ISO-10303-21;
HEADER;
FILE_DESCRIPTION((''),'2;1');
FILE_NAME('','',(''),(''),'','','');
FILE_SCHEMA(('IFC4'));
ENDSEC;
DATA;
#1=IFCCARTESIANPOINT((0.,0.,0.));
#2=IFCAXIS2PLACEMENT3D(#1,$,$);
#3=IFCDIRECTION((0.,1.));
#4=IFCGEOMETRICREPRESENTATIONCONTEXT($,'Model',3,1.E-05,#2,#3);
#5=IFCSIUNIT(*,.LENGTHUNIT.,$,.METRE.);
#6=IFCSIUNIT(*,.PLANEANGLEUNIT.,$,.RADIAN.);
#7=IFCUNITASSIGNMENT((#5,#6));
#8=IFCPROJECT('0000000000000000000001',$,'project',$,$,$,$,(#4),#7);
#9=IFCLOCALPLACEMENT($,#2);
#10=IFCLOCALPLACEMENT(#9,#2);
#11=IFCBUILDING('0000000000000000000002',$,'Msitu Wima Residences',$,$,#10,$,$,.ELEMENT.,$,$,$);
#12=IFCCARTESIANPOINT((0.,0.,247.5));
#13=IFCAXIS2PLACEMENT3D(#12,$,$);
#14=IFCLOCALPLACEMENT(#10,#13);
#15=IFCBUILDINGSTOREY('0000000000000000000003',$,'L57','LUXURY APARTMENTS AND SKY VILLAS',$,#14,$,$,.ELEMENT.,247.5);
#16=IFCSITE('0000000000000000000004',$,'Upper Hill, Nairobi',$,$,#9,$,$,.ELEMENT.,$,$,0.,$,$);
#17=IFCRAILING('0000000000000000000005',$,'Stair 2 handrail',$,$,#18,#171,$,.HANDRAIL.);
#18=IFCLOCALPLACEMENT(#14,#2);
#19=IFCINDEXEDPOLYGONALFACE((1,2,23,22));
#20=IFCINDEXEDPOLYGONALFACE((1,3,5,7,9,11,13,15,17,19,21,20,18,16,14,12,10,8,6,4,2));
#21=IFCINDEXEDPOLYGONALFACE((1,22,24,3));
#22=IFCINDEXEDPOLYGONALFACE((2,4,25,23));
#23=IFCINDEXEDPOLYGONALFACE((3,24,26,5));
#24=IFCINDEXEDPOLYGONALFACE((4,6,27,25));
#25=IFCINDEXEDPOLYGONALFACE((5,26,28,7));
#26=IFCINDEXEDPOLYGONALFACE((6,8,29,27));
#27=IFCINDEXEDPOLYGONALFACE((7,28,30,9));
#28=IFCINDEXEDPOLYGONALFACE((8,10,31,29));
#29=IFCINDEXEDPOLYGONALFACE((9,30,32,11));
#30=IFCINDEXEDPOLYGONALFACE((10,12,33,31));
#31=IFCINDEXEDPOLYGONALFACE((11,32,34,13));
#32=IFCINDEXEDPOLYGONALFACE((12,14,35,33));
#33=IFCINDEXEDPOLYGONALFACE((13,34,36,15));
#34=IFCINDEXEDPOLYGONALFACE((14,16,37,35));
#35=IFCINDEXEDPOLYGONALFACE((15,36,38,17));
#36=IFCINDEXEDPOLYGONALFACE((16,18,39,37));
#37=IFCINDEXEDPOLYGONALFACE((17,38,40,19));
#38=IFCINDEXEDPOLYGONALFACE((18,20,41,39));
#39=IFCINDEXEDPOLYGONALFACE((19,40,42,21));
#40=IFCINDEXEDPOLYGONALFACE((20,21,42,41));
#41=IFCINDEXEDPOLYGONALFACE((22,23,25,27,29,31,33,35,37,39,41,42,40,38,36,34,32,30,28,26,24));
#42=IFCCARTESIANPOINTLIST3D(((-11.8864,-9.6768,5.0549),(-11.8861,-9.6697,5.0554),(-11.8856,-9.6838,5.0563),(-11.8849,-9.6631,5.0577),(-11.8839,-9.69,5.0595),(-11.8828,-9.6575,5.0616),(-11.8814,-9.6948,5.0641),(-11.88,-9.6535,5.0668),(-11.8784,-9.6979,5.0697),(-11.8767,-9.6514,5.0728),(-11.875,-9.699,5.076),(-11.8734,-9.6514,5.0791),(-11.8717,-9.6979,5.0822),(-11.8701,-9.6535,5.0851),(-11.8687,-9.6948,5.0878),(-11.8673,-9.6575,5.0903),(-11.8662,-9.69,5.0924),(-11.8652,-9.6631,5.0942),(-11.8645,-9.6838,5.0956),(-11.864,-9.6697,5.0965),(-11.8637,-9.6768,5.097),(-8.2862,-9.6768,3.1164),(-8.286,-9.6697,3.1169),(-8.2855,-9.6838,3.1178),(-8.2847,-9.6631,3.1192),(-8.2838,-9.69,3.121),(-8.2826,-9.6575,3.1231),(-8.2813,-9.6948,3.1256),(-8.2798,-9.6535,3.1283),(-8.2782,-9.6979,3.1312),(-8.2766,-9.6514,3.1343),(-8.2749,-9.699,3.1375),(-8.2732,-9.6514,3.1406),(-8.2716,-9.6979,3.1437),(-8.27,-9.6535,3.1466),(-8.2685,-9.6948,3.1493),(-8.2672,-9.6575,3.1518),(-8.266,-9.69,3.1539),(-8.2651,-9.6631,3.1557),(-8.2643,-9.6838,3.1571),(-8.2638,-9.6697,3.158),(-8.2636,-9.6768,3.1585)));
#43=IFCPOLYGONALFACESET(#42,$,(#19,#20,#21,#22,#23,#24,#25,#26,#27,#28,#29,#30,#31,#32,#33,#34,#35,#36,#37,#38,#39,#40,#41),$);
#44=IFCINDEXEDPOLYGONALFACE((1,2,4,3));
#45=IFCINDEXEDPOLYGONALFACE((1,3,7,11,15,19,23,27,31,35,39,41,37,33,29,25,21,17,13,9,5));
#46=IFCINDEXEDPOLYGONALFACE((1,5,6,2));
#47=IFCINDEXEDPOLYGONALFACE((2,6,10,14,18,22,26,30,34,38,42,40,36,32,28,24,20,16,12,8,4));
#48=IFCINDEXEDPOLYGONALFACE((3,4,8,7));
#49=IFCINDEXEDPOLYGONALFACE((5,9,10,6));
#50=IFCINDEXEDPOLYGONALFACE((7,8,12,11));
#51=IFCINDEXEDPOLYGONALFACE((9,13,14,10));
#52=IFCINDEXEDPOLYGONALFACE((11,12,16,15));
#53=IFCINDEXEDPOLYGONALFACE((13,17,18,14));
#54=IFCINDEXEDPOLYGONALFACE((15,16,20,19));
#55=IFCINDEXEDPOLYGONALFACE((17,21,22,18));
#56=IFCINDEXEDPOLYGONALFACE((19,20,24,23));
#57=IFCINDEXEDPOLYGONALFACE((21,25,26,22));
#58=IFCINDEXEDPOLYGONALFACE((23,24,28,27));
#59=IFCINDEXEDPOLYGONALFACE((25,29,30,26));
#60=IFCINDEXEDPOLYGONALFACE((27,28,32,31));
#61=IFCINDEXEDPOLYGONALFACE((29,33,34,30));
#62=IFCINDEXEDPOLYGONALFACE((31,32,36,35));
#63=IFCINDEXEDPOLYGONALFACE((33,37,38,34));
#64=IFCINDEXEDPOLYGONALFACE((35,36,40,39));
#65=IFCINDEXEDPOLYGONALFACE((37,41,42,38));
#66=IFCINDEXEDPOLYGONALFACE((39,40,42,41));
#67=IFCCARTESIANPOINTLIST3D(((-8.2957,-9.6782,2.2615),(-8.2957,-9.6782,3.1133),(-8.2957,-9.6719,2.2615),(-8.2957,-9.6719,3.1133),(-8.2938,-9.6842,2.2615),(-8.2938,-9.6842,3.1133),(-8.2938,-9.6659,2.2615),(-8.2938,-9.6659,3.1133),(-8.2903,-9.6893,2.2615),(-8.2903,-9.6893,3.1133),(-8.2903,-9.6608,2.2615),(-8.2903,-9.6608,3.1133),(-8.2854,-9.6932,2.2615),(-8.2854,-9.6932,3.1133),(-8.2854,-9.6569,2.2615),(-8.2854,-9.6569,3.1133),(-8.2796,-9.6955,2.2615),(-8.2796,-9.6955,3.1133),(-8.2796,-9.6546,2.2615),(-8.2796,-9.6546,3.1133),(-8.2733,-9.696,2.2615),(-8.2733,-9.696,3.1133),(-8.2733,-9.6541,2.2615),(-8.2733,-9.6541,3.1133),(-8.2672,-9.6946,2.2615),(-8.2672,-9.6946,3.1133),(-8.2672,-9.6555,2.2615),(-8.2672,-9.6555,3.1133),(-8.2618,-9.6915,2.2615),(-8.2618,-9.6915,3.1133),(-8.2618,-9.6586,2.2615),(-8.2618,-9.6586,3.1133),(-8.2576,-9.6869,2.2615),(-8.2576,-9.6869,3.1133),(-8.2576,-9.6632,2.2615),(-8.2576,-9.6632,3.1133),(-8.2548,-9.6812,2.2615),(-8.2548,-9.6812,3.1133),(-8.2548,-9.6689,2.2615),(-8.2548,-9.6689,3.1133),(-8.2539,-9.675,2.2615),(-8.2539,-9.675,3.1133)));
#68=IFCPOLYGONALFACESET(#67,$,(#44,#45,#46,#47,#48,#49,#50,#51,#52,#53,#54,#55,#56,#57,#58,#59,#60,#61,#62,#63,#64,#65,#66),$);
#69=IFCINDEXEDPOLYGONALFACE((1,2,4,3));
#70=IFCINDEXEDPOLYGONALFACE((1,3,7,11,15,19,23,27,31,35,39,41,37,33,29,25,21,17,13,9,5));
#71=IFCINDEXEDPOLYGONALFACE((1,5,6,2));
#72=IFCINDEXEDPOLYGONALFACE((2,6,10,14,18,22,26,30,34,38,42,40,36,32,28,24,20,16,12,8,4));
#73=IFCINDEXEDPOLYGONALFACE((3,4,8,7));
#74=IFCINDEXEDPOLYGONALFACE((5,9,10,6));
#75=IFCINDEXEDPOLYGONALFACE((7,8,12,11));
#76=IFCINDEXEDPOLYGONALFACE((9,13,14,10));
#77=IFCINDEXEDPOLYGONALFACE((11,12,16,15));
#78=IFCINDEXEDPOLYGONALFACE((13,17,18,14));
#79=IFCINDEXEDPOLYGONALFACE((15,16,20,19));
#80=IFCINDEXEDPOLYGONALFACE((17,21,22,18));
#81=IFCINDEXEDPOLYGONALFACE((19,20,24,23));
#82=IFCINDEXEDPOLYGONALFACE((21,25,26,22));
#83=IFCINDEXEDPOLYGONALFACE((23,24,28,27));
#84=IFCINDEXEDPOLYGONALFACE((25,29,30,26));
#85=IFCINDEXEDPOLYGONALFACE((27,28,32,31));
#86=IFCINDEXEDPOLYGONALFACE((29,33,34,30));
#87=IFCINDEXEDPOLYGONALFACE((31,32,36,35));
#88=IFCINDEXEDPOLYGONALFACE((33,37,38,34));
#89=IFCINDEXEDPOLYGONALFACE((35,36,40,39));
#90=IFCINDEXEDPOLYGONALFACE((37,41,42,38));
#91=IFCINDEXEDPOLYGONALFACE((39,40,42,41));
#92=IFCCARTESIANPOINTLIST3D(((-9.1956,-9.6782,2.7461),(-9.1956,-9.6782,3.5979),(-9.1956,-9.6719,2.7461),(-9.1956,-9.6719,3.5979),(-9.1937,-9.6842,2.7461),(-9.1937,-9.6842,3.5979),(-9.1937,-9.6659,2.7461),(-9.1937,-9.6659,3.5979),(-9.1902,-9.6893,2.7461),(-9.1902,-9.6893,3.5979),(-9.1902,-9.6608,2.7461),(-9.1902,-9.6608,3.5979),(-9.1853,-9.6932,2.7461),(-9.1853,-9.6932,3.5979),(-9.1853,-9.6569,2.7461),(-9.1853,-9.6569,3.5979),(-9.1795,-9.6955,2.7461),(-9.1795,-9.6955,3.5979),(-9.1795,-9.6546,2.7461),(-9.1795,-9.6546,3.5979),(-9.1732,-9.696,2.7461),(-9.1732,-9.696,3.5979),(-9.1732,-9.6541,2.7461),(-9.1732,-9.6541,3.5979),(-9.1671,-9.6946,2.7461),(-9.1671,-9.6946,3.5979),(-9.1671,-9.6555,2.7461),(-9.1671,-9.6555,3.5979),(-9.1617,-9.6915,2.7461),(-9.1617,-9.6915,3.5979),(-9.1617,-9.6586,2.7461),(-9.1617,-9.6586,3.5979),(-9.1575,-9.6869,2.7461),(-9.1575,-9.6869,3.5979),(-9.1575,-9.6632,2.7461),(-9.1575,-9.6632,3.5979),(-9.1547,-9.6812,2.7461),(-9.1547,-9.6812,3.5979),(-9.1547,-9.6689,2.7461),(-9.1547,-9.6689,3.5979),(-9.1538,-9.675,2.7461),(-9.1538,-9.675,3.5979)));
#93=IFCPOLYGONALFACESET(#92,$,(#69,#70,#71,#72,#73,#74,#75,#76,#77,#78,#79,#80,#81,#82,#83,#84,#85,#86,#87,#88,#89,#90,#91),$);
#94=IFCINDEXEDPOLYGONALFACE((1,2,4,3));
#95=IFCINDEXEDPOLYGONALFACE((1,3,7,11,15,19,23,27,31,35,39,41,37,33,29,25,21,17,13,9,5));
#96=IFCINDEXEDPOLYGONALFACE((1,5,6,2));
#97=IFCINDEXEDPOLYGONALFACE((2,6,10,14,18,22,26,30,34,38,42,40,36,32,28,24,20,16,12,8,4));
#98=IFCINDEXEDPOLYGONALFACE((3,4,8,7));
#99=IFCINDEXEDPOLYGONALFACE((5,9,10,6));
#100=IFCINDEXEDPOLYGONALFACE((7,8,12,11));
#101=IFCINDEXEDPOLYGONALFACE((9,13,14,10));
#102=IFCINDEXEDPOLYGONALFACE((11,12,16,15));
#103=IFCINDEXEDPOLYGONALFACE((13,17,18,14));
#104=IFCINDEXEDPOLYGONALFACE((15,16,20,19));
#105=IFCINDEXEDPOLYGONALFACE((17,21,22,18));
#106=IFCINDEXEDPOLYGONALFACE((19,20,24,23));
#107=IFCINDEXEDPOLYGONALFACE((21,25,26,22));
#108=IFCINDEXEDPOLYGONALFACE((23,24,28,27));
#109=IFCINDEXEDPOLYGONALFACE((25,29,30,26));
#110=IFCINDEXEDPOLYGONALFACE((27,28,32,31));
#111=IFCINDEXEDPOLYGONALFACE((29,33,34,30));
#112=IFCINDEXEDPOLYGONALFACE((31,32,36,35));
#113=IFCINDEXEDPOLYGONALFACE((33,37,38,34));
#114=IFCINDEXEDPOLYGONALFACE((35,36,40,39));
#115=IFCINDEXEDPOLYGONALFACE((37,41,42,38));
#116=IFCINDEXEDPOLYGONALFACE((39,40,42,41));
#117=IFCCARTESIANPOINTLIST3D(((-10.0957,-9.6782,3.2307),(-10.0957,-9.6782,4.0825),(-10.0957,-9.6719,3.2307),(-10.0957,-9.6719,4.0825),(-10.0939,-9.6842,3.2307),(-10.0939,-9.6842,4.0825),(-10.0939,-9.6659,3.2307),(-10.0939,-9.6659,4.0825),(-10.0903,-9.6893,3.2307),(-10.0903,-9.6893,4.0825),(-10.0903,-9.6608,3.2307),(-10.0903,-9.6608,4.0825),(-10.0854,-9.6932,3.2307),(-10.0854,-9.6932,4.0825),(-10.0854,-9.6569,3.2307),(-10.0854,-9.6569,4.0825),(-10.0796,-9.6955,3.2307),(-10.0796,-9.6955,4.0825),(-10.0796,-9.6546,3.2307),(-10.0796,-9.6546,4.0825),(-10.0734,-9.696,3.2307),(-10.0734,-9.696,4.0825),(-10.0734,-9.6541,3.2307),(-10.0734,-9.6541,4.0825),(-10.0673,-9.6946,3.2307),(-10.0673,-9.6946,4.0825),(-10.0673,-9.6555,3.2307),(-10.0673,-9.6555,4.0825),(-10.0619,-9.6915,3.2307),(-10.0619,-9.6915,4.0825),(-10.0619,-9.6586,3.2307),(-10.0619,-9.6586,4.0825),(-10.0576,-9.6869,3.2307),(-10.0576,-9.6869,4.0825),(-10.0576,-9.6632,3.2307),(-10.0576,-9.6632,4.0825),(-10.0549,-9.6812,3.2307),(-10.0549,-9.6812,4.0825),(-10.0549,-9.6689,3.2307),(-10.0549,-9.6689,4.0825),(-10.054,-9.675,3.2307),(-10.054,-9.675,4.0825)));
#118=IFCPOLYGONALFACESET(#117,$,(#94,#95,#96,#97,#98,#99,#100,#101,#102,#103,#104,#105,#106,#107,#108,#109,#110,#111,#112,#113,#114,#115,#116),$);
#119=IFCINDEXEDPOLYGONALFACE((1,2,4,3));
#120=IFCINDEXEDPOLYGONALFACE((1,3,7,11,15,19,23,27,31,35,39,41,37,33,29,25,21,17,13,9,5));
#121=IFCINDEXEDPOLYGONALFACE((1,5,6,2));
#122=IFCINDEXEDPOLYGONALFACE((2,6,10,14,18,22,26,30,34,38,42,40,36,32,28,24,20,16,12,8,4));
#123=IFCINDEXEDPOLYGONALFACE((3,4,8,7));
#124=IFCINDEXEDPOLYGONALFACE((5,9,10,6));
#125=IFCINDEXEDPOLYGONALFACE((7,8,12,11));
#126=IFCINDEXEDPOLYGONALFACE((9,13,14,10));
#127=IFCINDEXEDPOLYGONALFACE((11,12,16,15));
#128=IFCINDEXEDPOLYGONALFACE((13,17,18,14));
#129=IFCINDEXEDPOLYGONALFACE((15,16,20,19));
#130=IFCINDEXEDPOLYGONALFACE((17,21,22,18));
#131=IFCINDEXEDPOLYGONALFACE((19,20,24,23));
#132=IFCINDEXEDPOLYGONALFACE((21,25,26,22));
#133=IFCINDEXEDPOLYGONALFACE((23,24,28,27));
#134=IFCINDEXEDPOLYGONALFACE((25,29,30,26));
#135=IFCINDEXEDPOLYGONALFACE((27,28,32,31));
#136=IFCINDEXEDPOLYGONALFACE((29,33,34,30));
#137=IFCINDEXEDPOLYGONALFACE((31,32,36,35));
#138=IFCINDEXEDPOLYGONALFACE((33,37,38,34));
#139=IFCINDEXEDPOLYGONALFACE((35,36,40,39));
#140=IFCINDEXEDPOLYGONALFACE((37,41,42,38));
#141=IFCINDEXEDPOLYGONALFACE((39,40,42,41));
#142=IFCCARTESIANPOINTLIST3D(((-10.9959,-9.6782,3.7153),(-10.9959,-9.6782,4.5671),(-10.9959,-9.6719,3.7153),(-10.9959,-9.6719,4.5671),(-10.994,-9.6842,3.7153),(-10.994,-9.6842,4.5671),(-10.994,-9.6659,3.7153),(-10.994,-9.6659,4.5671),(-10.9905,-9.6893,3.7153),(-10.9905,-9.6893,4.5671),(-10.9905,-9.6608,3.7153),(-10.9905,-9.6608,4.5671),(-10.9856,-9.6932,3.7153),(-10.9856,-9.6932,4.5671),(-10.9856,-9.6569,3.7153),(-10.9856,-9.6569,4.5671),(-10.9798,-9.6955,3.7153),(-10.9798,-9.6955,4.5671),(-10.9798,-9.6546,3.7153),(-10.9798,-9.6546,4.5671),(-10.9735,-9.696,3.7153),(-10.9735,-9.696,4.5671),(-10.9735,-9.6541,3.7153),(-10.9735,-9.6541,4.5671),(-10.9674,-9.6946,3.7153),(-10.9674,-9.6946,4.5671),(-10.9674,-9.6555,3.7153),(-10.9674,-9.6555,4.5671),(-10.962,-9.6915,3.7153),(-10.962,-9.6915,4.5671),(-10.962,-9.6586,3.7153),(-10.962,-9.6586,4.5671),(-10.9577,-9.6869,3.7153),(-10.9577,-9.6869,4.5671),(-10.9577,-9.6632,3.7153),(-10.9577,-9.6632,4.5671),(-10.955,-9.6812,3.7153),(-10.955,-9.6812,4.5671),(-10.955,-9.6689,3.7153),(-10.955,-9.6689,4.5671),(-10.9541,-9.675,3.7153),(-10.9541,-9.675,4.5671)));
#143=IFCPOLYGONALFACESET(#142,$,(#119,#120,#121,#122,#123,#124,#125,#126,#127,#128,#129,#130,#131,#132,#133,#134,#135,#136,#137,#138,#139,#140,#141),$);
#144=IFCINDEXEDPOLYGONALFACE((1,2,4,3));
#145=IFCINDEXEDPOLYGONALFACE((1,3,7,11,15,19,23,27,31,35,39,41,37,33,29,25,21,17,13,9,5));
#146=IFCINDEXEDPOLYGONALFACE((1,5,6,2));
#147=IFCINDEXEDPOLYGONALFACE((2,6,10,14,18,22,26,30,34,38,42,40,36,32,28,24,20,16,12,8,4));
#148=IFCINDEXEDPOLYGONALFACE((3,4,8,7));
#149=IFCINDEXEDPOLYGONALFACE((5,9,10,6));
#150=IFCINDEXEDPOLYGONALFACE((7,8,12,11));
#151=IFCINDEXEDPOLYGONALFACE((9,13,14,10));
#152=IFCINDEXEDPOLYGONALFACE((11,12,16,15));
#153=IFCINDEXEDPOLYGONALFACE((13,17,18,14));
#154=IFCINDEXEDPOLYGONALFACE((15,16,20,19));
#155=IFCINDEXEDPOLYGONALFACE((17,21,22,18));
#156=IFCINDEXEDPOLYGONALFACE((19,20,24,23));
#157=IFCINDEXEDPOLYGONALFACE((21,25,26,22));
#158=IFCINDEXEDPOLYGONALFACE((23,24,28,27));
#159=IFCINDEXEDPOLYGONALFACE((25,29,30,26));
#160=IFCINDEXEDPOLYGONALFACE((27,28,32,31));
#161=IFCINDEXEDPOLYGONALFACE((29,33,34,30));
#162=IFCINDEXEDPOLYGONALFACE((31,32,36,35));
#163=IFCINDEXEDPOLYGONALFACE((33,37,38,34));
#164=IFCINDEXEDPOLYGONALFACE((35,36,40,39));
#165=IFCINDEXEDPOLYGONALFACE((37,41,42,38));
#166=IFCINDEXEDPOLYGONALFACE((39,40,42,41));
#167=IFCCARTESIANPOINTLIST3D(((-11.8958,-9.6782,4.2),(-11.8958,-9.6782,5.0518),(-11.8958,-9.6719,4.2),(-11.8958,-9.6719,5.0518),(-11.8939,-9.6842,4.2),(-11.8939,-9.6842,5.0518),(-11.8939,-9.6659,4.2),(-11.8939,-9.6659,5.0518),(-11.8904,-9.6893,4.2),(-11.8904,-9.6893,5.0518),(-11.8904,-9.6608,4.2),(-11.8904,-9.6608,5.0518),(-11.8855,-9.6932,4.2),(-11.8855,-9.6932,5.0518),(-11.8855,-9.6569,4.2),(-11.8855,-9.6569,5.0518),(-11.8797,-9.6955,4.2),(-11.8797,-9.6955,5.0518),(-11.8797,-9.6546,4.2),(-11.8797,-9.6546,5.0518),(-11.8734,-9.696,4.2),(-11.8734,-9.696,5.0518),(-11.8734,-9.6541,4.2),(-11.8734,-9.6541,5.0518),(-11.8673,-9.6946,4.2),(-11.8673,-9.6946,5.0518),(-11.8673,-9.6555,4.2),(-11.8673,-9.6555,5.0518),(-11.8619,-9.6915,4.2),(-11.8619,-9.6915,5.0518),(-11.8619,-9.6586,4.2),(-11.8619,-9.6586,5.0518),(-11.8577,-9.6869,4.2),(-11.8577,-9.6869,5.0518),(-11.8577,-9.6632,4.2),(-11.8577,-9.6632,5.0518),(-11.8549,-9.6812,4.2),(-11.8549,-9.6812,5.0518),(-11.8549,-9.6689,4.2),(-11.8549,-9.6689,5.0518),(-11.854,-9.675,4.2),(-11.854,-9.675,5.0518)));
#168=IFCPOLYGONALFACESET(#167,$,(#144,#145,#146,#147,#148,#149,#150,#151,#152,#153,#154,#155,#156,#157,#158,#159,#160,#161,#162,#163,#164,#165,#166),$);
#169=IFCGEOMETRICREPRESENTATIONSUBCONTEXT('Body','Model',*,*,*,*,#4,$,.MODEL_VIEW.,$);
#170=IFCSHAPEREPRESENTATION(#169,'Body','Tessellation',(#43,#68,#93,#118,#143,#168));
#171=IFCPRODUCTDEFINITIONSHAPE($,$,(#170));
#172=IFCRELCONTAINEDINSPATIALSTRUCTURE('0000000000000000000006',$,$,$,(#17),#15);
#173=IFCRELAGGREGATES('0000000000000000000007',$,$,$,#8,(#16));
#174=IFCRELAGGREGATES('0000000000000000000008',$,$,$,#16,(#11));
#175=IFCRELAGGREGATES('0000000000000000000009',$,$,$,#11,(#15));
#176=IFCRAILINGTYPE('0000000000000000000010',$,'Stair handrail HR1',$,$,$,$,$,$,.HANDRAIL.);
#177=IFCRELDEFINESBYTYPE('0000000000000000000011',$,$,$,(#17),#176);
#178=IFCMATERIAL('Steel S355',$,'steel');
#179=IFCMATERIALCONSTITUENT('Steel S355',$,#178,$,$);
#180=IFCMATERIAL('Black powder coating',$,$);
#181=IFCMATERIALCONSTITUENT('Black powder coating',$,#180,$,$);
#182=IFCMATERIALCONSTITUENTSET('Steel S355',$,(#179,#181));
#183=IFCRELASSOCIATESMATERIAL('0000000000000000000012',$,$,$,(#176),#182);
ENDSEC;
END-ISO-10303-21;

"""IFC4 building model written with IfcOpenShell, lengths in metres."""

from ifc_helpers import new_model, si_unit, direction, frame, origin, origin_2d, place, context, subcontext, project, spatial, circle, extrude, material, constituent, constituent_set, type_object, element, save


model = new_model("IFC4")

# Units and contexts
model_context = context("Model", 3, precision=1e-05, world=origin(), true_north=direction((0.0, 1.0)))
body_context = subcontext(model_context, "Body", "Model", "MODEL_VIEW")
ifc_project = project(units=[si_unit("LENGTHUNIT", "METRE"), si_unit("PLANEANGLEUNIT", "RADIAN")], contexts=[model_context])

# Site, building, storey
site_placement = place(None, origin())
site = spatial("IfcSite", under=ifc_project, at=site_placement, Name="Upper Hill, Nairobi", CompositionType="ELEMENT", RefElevation=0.0)
building_placement = place(site_placement, origin())
building = spatial("IfcBuilding", under=site, at=building_placement, Name="Msitu Wima Residences", CompositionType="ELEMENT")
storey_placement = place(building_placement, frame((0.0, 0.0, 247.5)))
storey = spatial("IfcBuildingStorey", under=building, at=storey_placement, Name="L57", Description="LUXURY APARTMENTS AND SKY VILLAS", CompositionType="ELEMENT", Elevation=247.5)

# Railing
ifc_material_1 = material(Name="Steel S355", Category="steel")
ifc_constituent_1 = constituent(ifc_material_1, Name="Steel S355")
ifc_material_2 = material(Name="Black powder coating")
ifc_constituent_2 = constituent(ifc_material_2, Name="Black powder coating")
ifc_constituent_set = constituent_set(constituents=[ifc_constituent_1, ifc_constituent_2], Name="Steel S355")
railing_type = type_object("IfcRailingType", Name="Stair handrail HR1", PredefinedType="HANDRAIL", material=ifc_constituent_set)
railing_placement = place(storey_placement, frame((-8.2749, -9.675, 2.2615)))
element("IfcRailing", 1, at=railing_placement, inside=storey, type_object=railing_type, Name="Stair 2 handrail", PredefinedType="HANDRAIL", context=body_context, shape_type="SweptSolid", body=[
    extrude(circle(Radius=0.0239, at=origin_2d()), frame((0.0, 0.0, 0.876), z_axis=(-0.880475, 0.0, 0.474093), x_axis=(0.0, -1.0, 0.0)), (0.0, 0.0, 1.0), 4.0889),
    extrude(circle(Radius=0.021, at=origin_2d()), origin(), (0.0, 0.0, 1.0), 0.8518),
    extrude(circle(Radius=0.021, at=origin_2d()), frame((-0.8999, 0.0, 0.4846)), (0.0, 0.0, 1.0), 0.8518),
    extrude(circle(Radius=0.021, at=origin_2d()), frame((-1.8, 0.0, 0.9692)), (0.0, 0.0, 1.0), 0.8518),
    extrude(circle(Radius=0.021, at=origin_2d()), frame((-2.7002, 0.0, 1.4539)), (0.0, 0.0, 1.0), 0.8518),
    extrude(circle(Radius=0.021, at=origin_2d()), frame((-3.6001, 0.0, 1.9385)), (0.0, 0.0, 1.0), 0.8518),
])

save(model, "model.ifc")
